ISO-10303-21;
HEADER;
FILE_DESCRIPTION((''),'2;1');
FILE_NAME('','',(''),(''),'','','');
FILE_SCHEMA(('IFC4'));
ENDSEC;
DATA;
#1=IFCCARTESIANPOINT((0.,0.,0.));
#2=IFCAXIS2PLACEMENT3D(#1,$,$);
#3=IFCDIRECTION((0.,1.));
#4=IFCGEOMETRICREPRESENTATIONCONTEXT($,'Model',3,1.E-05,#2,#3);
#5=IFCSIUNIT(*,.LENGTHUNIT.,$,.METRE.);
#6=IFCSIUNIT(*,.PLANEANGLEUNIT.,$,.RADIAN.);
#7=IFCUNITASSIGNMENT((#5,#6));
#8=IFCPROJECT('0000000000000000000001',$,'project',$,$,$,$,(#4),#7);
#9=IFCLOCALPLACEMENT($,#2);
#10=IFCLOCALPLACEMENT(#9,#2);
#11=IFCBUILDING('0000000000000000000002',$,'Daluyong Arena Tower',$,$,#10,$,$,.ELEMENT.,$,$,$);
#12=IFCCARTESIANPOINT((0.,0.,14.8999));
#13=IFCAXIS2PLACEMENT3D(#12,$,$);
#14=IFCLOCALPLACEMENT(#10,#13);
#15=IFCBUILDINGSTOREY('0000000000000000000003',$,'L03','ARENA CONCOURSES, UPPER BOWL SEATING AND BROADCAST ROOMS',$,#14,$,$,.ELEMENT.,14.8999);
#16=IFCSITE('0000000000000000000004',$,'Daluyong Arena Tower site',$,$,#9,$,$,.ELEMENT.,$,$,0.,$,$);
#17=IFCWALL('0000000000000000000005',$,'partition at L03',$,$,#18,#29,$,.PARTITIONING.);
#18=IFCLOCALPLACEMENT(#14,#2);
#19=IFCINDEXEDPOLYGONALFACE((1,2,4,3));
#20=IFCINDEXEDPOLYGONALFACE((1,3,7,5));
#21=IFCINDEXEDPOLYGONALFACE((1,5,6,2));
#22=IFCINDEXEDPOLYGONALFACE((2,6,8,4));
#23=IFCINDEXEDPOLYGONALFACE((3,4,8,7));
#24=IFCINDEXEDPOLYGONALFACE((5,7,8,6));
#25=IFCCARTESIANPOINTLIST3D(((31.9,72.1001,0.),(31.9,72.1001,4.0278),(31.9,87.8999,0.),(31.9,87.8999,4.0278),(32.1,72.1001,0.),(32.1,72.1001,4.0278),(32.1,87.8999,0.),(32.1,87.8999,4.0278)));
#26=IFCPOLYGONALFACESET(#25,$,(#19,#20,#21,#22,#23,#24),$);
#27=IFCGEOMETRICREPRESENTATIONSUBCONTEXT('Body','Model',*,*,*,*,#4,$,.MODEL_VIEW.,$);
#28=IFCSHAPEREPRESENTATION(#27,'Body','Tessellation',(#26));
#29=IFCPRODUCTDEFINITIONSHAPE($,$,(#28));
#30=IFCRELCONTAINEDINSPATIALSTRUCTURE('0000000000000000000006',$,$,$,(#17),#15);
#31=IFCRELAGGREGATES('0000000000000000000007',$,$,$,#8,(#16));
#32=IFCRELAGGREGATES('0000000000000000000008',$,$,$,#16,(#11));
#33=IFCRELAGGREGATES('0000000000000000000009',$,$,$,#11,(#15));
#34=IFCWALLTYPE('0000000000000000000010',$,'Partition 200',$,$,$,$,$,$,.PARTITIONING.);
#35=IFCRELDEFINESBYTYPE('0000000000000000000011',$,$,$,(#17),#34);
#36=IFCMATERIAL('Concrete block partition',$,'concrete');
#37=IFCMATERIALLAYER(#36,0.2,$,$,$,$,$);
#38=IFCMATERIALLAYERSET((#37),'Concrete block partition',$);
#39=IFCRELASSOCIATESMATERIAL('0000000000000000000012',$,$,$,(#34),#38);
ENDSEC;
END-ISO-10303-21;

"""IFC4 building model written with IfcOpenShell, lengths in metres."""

from ifc_helpers import new_model, si_unit, direction, frame, frame_2d, origin, place, context, subcontext, project, spatial, rectangle, extrude, material, layer, layer_set, type_object, element, save


model = new_model("IFC4")

# Units and contexts
model_context = context("Model", 3, precision=1e-05, world=origin(), true_north=direction((0.0, 1.0)))
body_context = subcontext(model_context, "Body", "Model", "MODEL_VIEW")
ifc_project = project(units=[si_unit("LENGTHUNIT", "METRE"), si_unit("PLANEANGLEUNIT", "RADIAN")], contexts=[model_context])

# Site, building, storey
site_placement = place(None, origin())
site = spatial("IfcSite", under=ifc_project, at=site_placement, Name="Daluyong Arena Tower site", CompositionType="ELEMENT", RefElevation=0.0)
building_placement = place(site_placement, origin())
building = spatial("IfcBuilding", under=site, at=building_placement, Name="Daluyong Arena Tower", CompositionType="ELEMENT")
storey_placement = place(building_placement, frame((0.0, 0.0, 14.8999)))
storey = spatial("IfcBuildingStorey", under=building, at=storey_placement, Name="L03", Description="ARENA CONCOURSES, UPPER BOWL SEATING AND BROADCAST ROOMS", CompositionType="ELEMENT", Elevation=14.8999)

# Wall
ifc_material_1 = material(Name="Concrete block partition", Category="concrete")
ifc_layer = layer(ifc_material_1, 0.2)
ifc_layer_set = layer_set([ifc_layer], Name="Concrete block partition")
wall_type = type_object("IfcWallType", Name="Partition 200", PredefinedType="PARTITIONING", material=ifc_layer_set)
wall_placement = place(storey_placement, frame((32.0, 72.1001, 0.0), z_axis=(0.0, 0.0, 1.0), x_axis=(0.0, 1.0, 0.0)))
element("IfcWall", 1, at=wall_placement, inside=storey, type_object=wall_type, Name="partition at L03", PredefinedType="PARTITIONING", context=body_context, shape_type="SweptSolid", body=[
    extrude(rectangle(XDim=15.7998, YDim=0.2, at=frame_2d((7.8999, 0.0))), origin(), (0.0, 0.0, 1.0), 4.0278),
])

save(model, "model.ifc")
